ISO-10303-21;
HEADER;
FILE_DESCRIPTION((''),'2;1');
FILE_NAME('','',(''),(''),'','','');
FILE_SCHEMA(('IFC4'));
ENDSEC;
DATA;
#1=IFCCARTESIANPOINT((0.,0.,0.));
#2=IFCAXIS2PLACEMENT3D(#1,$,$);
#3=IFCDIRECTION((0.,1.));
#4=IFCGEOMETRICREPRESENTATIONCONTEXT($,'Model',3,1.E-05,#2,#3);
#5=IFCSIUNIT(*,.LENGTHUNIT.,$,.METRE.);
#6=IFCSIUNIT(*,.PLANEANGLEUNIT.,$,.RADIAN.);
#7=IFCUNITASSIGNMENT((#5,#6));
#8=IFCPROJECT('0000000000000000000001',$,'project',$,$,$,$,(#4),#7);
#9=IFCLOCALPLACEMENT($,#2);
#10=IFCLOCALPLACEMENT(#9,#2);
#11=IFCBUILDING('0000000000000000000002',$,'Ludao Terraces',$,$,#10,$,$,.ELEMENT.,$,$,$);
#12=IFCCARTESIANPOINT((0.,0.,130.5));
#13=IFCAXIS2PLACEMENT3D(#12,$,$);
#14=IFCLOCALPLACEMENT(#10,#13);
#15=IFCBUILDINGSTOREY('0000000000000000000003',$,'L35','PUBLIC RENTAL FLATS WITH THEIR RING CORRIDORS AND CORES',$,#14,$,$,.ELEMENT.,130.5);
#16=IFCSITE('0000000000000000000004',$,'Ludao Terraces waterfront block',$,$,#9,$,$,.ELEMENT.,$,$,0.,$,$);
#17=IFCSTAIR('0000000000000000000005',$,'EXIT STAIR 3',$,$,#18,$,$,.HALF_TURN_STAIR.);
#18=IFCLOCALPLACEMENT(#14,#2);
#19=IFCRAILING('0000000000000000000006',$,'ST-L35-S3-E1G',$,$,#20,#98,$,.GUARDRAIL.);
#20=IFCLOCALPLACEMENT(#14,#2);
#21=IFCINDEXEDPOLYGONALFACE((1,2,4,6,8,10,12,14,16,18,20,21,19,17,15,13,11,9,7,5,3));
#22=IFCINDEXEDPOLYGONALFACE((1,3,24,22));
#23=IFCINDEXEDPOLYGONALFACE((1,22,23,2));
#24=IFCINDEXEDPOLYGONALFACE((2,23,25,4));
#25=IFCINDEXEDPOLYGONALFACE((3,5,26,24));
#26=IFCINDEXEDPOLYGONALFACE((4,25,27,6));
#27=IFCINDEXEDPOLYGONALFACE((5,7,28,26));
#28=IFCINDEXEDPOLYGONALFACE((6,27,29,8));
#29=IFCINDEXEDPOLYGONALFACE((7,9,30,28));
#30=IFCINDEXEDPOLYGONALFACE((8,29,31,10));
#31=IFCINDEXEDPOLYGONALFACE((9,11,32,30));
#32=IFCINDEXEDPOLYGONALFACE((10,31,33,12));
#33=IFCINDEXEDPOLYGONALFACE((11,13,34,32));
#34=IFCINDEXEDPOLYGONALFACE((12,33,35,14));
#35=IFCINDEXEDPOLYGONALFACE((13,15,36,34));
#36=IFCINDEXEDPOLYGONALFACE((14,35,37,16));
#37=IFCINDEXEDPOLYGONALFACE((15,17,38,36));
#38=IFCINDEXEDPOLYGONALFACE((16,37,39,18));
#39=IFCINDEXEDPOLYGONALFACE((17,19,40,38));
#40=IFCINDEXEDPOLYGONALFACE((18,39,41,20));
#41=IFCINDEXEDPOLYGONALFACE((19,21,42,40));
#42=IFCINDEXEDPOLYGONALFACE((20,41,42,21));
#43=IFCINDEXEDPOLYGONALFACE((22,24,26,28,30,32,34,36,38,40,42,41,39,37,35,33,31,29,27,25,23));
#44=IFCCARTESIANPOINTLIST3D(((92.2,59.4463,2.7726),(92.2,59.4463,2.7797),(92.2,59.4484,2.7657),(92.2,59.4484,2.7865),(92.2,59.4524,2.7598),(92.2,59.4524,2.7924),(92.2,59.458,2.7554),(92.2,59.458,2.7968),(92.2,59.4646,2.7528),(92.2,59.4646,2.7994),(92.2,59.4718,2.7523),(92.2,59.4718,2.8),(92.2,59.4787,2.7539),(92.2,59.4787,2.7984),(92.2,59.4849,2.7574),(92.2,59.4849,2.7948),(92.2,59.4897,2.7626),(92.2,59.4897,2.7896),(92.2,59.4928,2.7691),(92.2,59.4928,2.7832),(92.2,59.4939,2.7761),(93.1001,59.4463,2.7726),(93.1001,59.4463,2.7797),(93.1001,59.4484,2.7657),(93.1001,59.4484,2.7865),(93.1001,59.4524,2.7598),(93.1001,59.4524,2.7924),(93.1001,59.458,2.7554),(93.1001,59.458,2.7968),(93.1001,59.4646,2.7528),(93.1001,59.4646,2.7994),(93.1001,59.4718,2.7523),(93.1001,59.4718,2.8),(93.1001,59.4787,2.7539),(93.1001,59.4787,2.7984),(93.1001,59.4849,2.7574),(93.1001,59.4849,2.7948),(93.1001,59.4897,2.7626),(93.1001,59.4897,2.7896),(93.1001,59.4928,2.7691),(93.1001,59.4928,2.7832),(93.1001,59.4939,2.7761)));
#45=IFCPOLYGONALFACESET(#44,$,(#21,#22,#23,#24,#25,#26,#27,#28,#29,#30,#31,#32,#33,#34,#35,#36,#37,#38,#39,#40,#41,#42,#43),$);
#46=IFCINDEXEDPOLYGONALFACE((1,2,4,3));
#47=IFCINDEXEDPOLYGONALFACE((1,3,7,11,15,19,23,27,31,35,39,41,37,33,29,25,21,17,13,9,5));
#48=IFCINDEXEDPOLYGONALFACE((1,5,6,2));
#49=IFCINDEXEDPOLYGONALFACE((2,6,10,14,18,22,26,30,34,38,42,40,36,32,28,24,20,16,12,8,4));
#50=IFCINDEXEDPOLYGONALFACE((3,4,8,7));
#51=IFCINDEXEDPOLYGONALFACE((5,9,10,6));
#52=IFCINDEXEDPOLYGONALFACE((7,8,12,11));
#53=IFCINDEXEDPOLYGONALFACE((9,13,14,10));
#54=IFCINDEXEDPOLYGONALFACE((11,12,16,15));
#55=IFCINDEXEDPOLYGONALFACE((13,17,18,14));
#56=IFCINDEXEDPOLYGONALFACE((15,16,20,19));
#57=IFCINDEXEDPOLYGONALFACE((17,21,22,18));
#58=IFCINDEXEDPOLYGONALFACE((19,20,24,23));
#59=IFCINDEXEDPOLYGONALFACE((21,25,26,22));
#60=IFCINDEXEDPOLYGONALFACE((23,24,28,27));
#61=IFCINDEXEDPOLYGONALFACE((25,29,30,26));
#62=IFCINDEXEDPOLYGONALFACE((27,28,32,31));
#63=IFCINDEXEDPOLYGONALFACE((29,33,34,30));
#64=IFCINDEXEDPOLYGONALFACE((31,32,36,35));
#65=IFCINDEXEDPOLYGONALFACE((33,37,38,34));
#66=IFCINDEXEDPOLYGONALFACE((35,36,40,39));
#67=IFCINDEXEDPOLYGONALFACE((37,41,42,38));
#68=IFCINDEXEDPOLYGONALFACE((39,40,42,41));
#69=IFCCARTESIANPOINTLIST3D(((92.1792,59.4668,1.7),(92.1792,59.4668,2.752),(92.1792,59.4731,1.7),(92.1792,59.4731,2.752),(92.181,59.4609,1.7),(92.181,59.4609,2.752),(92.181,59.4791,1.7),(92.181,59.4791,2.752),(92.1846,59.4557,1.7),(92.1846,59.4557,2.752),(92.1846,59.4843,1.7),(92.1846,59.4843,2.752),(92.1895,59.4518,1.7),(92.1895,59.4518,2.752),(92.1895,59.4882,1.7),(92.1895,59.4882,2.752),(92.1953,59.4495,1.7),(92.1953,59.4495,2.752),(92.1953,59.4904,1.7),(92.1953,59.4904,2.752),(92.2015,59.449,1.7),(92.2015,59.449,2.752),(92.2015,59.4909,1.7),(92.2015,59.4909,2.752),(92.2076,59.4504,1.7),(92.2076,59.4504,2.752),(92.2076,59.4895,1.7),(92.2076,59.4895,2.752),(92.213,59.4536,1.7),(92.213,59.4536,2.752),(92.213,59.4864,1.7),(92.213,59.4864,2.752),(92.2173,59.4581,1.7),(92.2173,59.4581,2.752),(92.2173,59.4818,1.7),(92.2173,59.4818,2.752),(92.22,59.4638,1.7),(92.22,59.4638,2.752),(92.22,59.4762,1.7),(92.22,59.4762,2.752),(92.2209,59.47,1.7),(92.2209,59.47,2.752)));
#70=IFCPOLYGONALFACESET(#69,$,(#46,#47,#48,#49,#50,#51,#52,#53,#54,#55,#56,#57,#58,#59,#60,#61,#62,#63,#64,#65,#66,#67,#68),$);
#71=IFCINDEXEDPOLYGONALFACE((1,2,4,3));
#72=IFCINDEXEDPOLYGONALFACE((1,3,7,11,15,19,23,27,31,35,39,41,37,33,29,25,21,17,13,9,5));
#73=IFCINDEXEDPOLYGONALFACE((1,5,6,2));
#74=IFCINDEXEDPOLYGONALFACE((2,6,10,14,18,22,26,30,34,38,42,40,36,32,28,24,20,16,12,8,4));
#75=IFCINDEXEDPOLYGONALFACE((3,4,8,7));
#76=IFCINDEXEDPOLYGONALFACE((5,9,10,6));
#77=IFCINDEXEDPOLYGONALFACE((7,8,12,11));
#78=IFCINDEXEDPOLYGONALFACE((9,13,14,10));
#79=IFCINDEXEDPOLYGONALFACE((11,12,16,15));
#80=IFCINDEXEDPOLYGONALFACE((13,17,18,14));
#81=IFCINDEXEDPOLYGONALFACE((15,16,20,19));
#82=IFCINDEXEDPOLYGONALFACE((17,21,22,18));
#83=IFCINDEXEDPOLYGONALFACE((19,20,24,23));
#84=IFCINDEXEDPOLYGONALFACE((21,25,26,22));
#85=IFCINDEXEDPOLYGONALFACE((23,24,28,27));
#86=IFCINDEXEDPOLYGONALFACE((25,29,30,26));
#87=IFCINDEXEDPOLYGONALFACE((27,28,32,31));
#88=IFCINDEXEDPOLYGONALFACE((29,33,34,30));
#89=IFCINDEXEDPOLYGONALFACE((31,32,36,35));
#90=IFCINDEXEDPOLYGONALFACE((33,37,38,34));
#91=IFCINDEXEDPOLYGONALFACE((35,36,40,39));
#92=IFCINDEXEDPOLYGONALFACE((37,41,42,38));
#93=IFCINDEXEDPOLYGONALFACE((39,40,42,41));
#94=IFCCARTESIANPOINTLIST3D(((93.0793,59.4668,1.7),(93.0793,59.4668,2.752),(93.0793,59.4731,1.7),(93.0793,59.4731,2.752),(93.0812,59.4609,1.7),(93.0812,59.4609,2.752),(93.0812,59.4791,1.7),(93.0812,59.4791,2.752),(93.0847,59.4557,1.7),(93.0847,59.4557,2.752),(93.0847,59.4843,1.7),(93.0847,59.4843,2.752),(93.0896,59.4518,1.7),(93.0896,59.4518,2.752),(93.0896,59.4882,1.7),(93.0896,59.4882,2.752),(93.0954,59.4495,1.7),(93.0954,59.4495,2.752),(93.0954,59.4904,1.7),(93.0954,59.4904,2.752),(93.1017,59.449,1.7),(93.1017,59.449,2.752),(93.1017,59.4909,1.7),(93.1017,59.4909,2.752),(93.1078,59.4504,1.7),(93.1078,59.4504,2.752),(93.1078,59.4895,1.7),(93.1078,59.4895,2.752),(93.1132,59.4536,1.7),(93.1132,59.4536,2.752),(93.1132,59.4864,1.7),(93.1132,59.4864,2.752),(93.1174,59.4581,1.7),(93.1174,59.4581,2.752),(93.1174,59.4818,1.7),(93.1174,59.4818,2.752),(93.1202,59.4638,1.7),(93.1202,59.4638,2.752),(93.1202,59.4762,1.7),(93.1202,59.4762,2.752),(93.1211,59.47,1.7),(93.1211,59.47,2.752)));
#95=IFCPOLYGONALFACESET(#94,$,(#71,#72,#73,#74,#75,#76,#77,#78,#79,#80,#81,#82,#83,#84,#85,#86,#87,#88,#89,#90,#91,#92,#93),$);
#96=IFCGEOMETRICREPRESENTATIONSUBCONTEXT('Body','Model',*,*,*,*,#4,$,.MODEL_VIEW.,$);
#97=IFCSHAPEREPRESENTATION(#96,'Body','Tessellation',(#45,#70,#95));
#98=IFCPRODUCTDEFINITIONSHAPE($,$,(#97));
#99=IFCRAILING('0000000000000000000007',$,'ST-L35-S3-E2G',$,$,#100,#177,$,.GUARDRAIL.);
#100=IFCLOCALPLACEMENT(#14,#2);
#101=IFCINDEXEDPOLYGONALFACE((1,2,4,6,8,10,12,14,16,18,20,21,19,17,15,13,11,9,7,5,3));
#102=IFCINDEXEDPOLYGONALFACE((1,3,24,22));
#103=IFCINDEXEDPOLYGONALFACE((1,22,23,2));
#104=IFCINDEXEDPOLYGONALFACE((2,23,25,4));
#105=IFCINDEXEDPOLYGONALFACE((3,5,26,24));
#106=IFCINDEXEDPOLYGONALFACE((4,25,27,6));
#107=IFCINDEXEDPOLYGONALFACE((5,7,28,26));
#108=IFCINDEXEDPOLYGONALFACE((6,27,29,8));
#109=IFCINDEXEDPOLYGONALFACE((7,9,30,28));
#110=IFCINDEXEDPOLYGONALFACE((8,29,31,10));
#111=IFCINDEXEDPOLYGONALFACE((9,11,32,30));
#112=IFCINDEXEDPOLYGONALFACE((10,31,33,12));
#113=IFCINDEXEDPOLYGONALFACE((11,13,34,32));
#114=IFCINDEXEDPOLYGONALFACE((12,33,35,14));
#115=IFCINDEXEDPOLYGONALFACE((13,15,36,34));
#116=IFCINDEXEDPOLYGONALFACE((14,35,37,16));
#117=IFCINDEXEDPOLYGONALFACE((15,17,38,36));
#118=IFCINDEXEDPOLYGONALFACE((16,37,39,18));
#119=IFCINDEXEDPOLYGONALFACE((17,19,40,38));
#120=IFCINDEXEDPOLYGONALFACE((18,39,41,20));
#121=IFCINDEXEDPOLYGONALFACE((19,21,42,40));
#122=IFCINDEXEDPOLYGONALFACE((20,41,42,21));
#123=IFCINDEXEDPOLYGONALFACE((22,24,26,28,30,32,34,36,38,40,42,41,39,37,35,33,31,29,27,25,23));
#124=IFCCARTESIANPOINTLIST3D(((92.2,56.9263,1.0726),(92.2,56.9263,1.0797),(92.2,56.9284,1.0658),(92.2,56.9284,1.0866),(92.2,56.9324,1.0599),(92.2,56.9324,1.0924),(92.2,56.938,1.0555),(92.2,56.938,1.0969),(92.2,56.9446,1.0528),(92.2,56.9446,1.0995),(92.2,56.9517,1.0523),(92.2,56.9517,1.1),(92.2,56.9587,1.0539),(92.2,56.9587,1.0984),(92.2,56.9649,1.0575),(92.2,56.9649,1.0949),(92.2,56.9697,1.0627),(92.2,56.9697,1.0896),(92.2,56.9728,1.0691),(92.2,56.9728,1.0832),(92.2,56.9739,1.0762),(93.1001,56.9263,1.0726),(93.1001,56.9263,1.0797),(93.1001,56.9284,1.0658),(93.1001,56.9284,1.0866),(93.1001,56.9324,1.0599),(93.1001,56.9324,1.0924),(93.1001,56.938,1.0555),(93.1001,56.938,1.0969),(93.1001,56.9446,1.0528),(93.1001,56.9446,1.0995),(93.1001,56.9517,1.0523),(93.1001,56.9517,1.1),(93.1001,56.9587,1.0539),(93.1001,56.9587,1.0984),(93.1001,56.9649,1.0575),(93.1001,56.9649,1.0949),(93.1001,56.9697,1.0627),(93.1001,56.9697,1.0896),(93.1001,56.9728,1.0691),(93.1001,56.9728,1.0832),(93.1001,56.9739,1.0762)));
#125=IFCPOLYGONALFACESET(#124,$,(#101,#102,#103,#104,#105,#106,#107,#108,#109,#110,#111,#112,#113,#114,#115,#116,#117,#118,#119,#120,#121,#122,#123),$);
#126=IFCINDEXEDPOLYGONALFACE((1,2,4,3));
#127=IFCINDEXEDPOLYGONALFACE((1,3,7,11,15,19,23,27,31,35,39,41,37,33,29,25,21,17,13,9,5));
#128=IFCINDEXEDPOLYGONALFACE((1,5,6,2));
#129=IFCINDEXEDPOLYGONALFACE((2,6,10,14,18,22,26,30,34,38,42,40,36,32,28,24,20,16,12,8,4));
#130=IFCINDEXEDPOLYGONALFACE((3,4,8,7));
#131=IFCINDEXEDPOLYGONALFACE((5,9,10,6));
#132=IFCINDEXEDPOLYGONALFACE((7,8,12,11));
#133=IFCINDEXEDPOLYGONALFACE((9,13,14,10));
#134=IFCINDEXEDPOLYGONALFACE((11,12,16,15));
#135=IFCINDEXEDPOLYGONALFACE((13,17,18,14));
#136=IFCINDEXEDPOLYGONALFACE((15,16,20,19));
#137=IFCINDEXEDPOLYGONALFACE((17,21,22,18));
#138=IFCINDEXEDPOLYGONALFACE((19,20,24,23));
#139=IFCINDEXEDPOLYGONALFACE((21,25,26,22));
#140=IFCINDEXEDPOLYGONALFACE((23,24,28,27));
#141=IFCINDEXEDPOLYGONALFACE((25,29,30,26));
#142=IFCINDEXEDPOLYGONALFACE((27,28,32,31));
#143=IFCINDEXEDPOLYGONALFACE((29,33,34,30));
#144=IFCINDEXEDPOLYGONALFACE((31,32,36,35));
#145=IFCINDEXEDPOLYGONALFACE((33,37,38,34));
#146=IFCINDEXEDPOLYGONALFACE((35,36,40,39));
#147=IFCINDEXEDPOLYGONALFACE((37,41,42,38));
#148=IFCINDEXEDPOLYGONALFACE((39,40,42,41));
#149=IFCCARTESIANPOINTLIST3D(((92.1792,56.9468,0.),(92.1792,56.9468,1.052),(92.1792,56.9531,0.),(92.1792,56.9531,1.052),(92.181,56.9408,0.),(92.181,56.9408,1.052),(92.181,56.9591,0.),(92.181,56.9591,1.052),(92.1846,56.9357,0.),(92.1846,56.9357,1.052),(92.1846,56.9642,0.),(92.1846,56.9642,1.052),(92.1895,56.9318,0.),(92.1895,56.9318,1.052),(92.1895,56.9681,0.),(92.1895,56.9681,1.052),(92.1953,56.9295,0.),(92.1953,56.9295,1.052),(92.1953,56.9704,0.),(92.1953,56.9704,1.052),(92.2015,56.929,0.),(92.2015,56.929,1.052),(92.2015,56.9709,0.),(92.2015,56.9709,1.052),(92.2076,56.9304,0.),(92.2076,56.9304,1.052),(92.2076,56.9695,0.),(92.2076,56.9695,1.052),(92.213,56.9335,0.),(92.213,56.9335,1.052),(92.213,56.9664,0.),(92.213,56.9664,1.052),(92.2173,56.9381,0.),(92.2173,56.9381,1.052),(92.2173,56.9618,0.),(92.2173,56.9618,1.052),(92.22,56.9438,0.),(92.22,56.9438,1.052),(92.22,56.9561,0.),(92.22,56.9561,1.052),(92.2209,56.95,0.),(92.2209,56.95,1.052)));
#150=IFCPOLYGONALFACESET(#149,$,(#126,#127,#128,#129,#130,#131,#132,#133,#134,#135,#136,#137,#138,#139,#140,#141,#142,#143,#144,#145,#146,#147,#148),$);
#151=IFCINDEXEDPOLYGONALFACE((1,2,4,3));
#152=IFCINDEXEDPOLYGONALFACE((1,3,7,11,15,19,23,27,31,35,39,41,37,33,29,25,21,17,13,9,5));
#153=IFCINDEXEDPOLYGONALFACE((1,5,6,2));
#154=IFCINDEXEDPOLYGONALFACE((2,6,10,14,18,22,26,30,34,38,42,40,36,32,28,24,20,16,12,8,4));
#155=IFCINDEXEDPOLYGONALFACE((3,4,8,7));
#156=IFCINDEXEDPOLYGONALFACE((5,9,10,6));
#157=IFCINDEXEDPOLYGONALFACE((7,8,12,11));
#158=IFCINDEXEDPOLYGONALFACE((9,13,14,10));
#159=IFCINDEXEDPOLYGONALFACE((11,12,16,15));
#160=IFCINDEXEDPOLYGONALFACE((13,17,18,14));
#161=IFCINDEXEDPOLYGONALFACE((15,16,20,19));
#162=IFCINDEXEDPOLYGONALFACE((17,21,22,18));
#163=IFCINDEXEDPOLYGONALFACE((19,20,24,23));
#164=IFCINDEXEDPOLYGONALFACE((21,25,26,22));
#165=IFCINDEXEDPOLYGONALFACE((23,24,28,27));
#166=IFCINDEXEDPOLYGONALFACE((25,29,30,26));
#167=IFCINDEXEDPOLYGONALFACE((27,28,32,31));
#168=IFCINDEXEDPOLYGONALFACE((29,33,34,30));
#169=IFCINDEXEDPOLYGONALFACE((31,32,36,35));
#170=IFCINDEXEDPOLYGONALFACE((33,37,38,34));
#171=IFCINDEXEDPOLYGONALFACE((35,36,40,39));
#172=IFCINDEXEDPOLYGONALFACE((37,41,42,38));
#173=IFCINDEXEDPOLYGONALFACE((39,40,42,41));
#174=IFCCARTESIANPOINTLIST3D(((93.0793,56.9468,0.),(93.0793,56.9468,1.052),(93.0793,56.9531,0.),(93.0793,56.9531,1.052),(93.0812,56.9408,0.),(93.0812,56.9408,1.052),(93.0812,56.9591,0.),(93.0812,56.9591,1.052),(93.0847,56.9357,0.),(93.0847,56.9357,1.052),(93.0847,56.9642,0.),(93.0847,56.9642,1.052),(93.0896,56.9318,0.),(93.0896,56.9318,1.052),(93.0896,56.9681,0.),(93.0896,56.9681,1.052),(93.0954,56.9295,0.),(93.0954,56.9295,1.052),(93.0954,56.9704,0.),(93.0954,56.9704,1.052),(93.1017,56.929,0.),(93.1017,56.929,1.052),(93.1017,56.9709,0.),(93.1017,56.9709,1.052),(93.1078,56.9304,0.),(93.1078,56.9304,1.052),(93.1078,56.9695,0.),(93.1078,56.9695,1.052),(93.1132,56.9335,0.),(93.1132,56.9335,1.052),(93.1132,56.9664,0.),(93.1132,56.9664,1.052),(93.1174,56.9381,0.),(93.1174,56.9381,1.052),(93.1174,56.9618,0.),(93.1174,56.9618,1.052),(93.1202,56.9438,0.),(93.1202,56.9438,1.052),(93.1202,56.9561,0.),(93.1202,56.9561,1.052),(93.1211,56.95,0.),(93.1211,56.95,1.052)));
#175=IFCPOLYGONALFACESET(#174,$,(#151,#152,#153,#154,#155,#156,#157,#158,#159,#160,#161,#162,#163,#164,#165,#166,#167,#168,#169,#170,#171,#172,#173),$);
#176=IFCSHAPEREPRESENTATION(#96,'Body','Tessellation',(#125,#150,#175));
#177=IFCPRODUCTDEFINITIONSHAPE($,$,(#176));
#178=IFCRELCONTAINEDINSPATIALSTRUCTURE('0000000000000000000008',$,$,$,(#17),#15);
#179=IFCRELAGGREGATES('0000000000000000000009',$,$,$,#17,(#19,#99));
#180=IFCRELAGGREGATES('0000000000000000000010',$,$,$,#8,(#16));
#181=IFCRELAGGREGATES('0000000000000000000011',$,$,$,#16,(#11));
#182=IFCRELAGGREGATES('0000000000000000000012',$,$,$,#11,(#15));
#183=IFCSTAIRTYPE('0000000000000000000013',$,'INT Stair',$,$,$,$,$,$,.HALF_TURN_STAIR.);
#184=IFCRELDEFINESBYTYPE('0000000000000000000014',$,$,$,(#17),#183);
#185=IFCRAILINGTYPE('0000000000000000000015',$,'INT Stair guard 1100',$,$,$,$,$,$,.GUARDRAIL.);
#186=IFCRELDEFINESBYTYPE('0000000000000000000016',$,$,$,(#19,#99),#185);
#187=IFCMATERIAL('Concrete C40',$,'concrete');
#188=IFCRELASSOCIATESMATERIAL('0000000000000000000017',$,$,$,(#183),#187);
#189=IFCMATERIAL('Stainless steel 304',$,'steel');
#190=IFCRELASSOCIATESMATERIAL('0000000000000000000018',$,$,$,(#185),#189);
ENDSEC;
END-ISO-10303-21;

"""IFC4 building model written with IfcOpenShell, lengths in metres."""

from ifc_helpers import new_model, si_unit, direction, frame, origin, origin_2d, place, context, subcontext, project, spatial, circle, extrude, material, type_object, element, aggregate, save


model = new_model("IFC4")

# Units and contexts
model_context = context("Model", 3, precision=1e-05, world=origin(), true_north=direction((0.0, 1.0)))
body_context = subcontext(model_context, "Body", "Model", "MODEL_VIEW")
ifc_project = project(units=[si_unit("LENGTHUNIT", "METRE"), si_unit("PLANEANGLEUNIT", "RADIAN")], contexts=[model_context])

# Site, building, storey
site_placement = place(None, origin())
site = spatial("IfcSite", under=ifc_project, at=site_placement, Name="Ludao Terraces waterfront block", CompositionType="ELEMENT", RefElevation=0.0)
building_placement = place(site_placement, origin())
building = spatial("IfcBuilding", under=site, at=building_placement, Name="Ludao Terraces", CompositionType="ELEMENT")
storey_placement = place(building_placement, frame((0.0, 0.0, 130.5)))
storey = spatial("IfcBuildingStorey", under=building, at=storey_placement, Name="L35", Description="PUBLIC RENTAL FLATS WITH THEIR RING CORRIDORS AND CORES", CompositionType="ELEMENT", Elevation=130.5)

# Shared definitions
ifc_material_1 = material(Name="Concrete C40", Category="concrete")

# Stair, railings
stair_type = type_object("IfcStairType", Name="INT Stair", PredefinedType="HALF_TURN_STAIR", material=ifc_material_1)
stair_placement = place(storey_placement, origin())
stair = element("IfcStair", 1, at=stair_placement, inside=storey, type_object=stair_type, Name="EXIT STAIR 3", PredefinedType="HALF_TURN_STAIR")
ifc_material_2 = material(Name="Stainless steel 304", Category="steel")
railing_type_1 = type_object("IfcRailingType", Name="INT Stair guard 1100", PredefinedType="GUARDRAIL", material=ifc_material_2)
railing_1_placement = place(storey_placement, frame((92.2, 59.47, 1.7)))
railing_1 = element("IfcRailing", 2, at=railing_1_placement, type_object=railing_type_1, Name="ST-L35-S3-E1G", PredefinedType="GUARDRAIL", context=body_context, shape_type="SweptSolid", body=[
    extrude(circle(Radius=0.0239, at=origin_2d()), frame((0.0, 0.0, 1.0762), z_axis=(1.0, 0.0, 0.0), x_axis=(0.0, 1.0, 0.0)), (0.0, 0.0, 1.0), 0.9001),
    extrude(circle(Radius=0.021, at=origin_2d()), origin(), (0.0, 0.0, 1.0), 1.052),
    extrude(circle(Radius=0.021, at=origin_2d()), frame((0.9001, 0.0, 0.0)), (0.0, 0.0, 1.0), 1.052),
])
railing_2_placement = place(storey_placement, frame((92.2, 56.95, 0.0)))
railing_2 = element("IfcRailing", 3, at=railing_2_placement, type_object=railing_type_1, Name="ST-L35-S3-E2G", PredefinedType="GUARDRAIL", context=body_context, shape_type="SweptSolid", body=[
    extrude(circle(Radius=0.0239, at=origin_2d()), frame((0.0, 0.0, 1.0762), z_axis=(1.0, 0.0, 0.0), x_axis=(0.0, 1.0, 0.0)), (0.0, 0.0, 1.0), 0.9001),
    extrude(circle(Radius=0.021, at=origin_2d()), origin(), (0.0, 0.0, 1.0), 1.052),
    extrude(circle(Radius=0.021, at=origin_2d()), frame((0.9001, 0.0, 0.0)), (0.0, 0.0, 1.0), 1.052),
])
aggregate(stair, [railing_1, railing_2])

save(model, "model.ifc")
